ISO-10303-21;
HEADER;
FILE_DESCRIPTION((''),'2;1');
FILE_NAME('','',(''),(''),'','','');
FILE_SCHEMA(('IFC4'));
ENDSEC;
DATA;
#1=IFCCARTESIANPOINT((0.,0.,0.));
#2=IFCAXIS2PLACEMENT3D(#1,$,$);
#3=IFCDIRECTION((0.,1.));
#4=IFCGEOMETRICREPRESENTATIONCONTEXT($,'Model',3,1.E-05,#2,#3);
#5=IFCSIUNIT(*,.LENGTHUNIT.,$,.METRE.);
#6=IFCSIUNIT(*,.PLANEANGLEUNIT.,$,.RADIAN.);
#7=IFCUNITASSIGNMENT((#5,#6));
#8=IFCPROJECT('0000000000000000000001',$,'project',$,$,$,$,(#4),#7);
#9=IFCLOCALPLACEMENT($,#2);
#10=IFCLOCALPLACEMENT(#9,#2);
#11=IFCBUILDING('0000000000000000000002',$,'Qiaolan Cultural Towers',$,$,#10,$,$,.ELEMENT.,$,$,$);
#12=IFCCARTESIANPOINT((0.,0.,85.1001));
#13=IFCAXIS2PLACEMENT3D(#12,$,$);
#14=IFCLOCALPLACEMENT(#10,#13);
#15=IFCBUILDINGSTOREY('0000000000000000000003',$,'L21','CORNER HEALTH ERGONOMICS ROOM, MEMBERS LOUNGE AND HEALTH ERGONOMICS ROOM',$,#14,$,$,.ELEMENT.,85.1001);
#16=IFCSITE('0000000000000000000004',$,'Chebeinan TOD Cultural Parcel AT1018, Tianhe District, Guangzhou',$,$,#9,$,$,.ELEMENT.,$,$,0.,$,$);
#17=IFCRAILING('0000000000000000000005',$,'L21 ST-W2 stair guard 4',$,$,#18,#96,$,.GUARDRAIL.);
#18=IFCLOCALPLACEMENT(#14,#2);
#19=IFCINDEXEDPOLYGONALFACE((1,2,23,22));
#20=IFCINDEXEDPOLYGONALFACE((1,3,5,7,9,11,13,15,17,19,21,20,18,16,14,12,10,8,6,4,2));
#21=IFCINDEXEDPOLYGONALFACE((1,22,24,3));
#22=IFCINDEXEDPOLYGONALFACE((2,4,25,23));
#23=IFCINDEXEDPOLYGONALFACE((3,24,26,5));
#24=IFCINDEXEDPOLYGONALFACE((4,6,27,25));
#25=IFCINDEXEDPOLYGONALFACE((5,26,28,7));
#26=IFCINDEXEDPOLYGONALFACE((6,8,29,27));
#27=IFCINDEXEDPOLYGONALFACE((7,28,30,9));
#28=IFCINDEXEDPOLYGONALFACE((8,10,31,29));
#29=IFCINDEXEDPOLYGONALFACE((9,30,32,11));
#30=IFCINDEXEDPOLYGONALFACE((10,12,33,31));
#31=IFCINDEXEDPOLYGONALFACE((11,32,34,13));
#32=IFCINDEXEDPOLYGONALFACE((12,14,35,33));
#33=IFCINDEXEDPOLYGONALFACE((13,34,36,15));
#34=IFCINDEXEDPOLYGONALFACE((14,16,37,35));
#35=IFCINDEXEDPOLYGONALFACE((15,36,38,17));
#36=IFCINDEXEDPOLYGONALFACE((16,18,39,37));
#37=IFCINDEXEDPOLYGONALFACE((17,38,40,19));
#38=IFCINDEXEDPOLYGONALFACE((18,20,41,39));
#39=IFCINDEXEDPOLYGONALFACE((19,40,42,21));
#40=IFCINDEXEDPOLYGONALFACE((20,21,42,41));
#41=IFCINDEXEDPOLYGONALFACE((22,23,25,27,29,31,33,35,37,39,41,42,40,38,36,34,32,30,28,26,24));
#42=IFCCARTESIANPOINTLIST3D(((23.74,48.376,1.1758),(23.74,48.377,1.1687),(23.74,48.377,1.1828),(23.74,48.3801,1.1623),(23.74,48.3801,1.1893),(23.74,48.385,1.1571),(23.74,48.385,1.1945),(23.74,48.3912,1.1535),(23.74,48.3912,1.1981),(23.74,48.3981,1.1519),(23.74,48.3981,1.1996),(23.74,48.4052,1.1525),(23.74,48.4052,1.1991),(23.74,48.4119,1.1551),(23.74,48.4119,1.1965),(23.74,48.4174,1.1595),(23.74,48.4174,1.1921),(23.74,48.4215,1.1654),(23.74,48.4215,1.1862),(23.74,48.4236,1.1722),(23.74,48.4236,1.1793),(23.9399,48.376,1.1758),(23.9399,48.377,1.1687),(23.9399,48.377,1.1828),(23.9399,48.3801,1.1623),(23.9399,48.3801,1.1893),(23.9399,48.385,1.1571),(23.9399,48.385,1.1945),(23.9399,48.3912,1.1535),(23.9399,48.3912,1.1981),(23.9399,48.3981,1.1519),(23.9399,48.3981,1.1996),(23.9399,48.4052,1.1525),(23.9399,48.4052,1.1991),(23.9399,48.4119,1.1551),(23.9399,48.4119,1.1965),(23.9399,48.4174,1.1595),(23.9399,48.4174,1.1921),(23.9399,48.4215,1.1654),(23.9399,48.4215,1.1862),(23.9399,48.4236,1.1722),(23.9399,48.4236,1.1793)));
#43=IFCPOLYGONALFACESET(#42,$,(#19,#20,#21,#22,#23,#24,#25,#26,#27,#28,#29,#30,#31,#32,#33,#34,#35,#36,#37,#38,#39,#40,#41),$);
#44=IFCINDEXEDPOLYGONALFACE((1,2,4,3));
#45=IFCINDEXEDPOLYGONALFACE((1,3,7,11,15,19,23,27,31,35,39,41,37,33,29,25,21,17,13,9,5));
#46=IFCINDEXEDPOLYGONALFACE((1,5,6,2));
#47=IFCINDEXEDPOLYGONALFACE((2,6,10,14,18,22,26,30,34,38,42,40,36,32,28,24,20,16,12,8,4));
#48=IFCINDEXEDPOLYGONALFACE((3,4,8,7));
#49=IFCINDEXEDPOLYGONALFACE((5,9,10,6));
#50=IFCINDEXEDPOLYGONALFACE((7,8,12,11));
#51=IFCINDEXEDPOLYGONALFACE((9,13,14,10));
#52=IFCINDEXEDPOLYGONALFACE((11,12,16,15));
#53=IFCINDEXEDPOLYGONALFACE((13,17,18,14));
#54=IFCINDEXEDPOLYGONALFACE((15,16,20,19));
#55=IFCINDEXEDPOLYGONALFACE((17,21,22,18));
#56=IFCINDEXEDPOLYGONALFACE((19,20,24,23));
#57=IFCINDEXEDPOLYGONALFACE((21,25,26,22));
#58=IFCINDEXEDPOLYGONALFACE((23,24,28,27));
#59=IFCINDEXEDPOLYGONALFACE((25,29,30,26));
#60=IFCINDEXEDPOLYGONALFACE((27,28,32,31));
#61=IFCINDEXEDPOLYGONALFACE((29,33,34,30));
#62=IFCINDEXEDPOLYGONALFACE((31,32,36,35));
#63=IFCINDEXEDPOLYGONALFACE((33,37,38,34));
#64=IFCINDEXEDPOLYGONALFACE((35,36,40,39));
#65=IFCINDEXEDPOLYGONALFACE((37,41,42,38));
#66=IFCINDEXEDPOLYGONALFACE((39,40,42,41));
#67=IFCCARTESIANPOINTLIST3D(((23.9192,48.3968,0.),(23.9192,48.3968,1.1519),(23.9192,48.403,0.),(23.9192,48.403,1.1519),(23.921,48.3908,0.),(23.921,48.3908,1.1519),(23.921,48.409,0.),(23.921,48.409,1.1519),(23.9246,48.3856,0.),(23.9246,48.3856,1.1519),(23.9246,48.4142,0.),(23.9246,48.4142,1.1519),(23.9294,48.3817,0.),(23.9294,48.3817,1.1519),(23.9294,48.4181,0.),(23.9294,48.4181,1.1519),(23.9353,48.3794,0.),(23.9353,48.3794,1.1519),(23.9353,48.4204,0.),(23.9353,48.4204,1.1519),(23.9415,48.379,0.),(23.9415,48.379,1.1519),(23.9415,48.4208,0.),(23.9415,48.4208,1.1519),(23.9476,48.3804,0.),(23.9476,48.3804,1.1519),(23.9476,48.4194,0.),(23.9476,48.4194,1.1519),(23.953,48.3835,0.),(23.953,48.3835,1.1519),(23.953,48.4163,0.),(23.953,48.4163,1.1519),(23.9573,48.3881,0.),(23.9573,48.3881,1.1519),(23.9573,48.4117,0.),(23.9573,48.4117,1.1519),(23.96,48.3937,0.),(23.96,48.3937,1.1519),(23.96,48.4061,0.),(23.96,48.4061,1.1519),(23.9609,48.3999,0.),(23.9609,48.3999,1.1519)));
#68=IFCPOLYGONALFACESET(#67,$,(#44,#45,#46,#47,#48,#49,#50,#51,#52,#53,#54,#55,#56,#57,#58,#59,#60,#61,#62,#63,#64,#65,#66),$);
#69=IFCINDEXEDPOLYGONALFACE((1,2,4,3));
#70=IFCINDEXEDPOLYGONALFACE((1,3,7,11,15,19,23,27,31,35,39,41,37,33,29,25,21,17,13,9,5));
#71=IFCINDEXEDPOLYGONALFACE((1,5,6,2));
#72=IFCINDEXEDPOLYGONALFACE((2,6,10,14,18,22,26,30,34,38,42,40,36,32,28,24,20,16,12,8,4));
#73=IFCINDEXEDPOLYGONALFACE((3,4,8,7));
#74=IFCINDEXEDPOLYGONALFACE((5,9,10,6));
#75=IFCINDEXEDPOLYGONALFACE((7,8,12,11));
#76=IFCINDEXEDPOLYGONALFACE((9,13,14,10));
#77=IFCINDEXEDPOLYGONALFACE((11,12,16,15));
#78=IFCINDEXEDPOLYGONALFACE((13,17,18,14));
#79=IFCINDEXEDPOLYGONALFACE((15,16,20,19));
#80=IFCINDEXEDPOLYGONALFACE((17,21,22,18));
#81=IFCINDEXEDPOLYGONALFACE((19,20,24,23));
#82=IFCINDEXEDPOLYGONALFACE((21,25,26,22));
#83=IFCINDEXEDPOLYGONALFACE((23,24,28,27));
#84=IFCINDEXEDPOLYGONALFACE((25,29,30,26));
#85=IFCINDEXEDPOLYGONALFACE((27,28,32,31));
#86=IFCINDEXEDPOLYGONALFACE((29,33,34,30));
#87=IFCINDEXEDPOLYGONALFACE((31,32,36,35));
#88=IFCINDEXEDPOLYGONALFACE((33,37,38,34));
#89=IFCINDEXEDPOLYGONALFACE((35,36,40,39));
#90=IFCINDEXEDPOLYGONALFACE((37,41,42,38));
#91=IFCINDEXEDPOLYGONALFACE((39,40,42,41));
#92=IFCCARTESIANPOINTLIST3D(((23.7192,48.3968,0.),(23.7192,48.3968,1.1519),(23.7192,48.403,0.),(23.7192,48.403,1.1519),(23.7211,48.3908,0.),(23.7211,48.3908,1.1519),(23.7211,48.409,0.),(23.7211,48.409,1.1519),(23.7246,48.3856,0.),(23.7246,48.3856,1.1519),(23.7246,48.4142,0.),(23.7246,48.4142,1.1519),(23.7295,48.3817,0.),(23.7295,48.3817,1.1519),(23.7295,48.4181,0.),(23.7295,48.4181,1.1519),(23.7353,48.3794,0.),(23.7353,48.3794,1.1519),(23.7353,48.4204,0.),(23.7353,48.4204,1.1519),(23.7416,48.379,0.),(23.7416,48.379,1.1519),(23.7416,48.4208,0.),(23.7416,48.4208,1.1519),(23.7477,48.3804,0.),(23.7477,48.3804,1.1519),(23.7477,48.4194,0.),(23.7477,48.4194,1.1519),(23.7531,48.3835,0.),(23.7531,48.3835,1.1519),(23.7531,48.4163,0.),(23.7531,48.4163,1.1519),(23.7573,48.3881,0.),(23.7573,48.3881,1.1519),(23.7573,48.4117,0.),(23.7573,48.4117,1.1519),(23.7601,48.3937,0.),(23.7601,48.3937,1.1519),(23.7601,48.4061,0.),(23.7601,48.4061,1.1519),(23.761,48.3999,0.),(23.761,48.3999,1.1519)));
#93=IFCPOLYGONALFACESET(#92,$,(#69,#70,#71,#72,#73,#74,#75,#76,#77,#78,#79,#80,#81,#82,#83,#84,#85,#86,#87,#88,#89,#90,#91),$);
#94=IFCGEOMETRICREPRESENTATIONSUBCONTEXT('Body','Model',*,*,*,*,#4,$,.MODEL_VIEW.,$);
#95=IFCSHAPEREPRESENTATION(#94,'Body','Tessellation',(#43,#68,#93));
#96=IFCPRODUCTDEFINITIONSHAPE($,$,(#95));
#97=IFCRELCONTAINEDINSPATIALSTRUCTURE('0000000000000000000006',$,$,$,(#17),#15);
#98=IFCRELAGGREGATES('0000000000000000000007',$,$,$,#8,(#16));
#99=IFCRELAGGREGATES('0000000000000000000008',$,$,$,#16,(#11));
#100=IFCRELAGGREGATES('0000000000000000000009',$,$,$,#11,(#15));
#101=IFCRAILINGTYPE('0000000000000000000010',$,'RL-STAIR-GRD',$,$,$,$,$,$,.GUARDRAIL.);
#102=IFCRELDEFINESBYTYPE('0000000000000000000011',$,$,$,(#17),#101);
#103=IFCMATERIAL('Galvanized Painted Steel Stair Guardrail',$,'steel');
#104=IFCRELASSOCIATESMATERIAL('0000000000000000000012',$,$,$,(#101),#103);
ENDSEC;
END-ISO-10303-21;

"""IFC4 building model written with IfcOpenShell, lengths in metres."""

from ifc_helpers import new_model, si_unit, direction, frame, origin, origin_2d, place, context, subcontext, project, spatial, circle, extrude, material, type_object, element, save


model = new_model("IFC4")

# Units and contexts
model_context = context("Model", 3, precision=1e-05, world=origin(), true_north=direction((0.0, 1.0)))
body_context = subcontext(model_context, "Body", "Model", "MODEL_VIEW")
ifc_project = project(units=[si_unit("LENGTHUNIT", "METRE"), si_unit("PLANEANGLEUNIT", "RADIAN")], contexts=[model_context])

# Site, building, storey
site_placement = place(None, origin())
site = spatial("IfcSite", under=ifc_project, at=site_placement, Name="Chebeinan TOD Cultural Parcel AT1018, Tianhe District, Guangzhou", CompositionType="ELEMENT", RefElevation=0.0)
building_placement = place(site_placement, origin())
building = spatial("IfcBuilding", under=site, at=building_placement, Name="Qiaolan Cultural Towers", CompositionType="ELEMENT")
storey_placement = place(building_placement, frame((0.0, 0.0, 85.1001)))
storey = spatial("IfcBuildingStorey", under=building, at=storey_placement, Name="L21", Description="CORNER HEALTH ERGONOMICS ROOM, MEMBERS LOUNGE AND HEALTH ERGONOMICS ROOM", CompositionType="ELEMENT", Elevation=85.1001)

# Railing
ifc_material_1 = material(Name="Galvanized Painted Steel Stair Guardrail", Category="steel")
railing_type_1 = type_object("IfcRailingType", Name="RL-STAIR-GRD", PredefinedType="GUARDRAIL", material=ifc_material_1)
railing_1_placement = place(storey_placement, frame((23.9399, 48.3999, 0.0)))
element("IfcRailing", 1, at=railing_1_placement, inside=storey, type_object=railing_type_1, Name="L21 ST-W2 stair guard 4", PredefinedType="GUARDRAIL", context=body_context, shape_type="SweptSolid", body=[
    extrude(circle(Radius=0.0239, at=origin_2d()), frame((0.0, 0.0, 1.1758), z_axis=(-1.0, 0.0, 0.0), x_axis=(0.0, -1.0, 0.0)), (0.0, 0.0, 1.0), 0.2),
    extrude(circle(Radius=0.021, at=origin_2d()), origin(), (0.0, 0.0, 1.0), 1.1519),
    extrude(circle(Radius=0.021, at=origin_2d()), frame((-0.2, 0.0, 0.0)), (0.0, 0.0, 1.0), 1.1519),
])

save(model, "model.ifc")
